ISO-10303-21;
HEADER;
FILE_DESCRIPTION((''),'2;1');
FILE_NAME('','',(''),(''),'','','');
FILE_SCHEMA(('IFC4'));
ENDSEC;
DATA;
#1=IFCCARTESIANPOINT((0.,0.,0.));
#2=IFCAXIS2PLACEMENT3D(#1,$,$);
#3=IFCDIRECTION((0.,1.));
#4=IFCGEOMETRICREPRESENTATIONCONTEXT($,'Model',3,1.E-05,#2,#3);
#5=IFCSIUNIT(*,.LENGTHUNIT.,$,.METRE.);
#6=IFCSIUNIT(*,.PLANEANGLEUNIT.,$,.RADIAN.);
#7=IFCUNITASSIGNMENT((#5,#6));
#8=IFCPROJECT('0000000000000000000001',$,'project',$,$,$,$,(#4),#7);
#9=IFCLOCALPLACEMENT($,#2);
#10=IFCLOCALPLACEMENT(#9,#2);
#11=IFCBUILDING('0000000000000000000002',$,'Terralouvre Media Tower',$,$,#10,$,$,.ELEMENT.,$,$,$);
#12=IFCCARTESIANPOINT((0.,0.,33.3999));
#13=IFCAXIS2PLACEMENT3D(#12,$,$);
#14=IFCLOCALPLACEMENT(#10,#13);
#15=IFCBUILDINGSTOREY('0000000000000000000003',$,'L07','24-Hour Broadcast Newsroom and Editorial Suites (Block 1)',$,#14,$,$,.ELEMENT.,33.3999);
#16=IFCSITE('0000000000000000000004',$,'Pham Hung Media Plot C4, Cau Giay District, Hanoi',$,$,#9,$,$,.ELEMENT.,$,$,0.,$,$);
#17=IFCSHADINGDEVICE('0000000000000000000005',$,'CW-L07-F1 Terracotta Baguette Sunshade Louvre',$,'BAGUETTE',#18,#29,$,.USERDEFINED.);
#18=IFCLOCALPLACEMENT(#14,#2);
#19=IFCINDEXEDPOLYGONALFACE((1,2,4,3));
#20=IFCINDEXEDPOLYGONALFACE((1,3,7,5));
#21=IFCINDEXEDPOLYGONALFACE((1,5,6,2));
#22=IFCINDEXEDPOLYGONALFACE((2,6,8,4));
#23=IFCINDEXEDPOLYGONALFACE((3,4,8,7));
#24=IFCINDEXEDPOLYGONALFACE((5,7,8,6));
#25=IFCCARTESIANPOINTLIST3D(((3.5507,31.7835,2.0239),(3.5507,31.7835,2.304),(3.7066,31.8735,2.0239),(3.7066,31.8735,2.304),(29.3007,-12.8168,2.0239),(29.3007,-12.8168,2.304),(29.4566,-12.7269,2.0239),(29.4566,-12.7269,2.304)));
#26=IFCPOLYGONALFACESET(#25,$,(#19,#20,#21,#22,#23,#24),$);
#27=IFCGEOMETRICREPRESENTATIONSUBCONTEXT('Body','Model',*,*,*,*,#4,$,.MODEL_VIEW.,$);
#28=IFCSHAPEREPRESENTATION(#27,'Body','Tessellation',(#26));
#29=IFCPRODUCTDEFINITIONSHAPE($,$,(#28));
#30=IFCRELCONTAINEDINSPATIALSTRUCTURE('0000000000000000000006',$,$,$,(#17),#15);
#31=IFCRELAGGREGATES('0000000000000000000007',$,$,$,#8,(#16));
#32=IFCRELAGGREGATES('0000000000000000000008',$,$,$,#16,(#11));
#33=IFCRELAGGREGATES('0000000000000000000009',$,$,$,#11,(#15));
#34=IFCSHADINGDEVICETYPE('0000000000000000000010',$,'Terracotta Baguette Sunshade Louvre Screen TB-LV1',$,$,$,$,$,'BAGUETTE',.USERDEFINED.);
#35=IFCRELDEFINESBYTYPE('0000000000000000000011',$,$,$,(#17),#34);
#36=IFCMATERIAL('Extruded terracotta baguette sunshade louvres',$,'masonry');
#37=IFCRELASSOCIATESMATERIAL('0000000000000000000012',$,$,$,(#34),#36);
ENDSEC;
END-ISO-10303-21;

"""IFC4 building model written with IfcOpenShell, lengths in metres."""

from ifc_helpers import new_model, si_unit, direction, frame, origin, origin_2d, place, context, subcontext, project, spatial, rectangle, extrude, material, type_object, element, save


model = new_model("IFC4")

# Units and contexts
model_context = context("Model", 3, precision=1e-05, world=origin(), true_north=direction((0.0, 1.0)))
body_context = subcontext(model_context, "Body", "Model", "MODEL_VIEW")
ifc_project = project(units=[si_unit("LENGTHUNIT", "METRE"), si_unit("PLANEANGLEUNIT", "RADIAN")], contexts=[model_context])

# Site, building, storey
site_placement = place(None, origin())
site = spatial("IfcSite", under=ifc_project, at=site_placement, Name="Pham Hung Media Plot C4, Cau Giay District, Hanoi", CompositionType="ELEMENT", RefElevation=0.0)
building_placement = place(site_placement, origin())
building = spatial("IfcBuilding", under=site, at=building_placement, Name="Terralouvre Media Tower", CompositionType="ELEMENT")
storey_placement = place(building_placement, frame((0.0, 0.0, 33.3999)))
storey = spatial("IfcBuildingStorey", under=building, at=storey_placement, Name="L07", Description="24-Hour Broadcast Newsroom and Editorial Suites (Block 1)", CompositionType="ELEMENT", Elevation=33.3999)

# Shading device
ifc_material_1 = material(Name="Extruded terracotta baguette sunshade louvres", Category="masonry")
shading_device_type = type_object("IfcShadingDeviceType", Name="Terracotta Baguette Sunshade Louvre Screen TB-LV1", ElementType="BAGUETTE", PredefinedType="USERDEFINED", material=ifc_material_1)
shading_device_placement = place(storey_placement, frame((16.5037, 9.5283, 2.0239), z_axis=(0.0, 0.0, 1.0), x_axis=(-0.5, 0.866025, 0.0)))
element("IfcShadingDevice", 1, at=shading_device_placement, inside=storey, type_object=shading_device_type, Name="CW-L07-F1 Terracotta Baguette Sunshade Louvre", ObjectType="BAGUETTE", PredefinedType="USERDEFINED", context=body_context, shape_type="SweptSolid", body=[
    extrude(rectangle(XDim=51.5, YDim=0.1799, at=origin_2d()), origin(), (0.0, 0.0, 1.0), 0.28),
])

save(model, "model.ifc")
